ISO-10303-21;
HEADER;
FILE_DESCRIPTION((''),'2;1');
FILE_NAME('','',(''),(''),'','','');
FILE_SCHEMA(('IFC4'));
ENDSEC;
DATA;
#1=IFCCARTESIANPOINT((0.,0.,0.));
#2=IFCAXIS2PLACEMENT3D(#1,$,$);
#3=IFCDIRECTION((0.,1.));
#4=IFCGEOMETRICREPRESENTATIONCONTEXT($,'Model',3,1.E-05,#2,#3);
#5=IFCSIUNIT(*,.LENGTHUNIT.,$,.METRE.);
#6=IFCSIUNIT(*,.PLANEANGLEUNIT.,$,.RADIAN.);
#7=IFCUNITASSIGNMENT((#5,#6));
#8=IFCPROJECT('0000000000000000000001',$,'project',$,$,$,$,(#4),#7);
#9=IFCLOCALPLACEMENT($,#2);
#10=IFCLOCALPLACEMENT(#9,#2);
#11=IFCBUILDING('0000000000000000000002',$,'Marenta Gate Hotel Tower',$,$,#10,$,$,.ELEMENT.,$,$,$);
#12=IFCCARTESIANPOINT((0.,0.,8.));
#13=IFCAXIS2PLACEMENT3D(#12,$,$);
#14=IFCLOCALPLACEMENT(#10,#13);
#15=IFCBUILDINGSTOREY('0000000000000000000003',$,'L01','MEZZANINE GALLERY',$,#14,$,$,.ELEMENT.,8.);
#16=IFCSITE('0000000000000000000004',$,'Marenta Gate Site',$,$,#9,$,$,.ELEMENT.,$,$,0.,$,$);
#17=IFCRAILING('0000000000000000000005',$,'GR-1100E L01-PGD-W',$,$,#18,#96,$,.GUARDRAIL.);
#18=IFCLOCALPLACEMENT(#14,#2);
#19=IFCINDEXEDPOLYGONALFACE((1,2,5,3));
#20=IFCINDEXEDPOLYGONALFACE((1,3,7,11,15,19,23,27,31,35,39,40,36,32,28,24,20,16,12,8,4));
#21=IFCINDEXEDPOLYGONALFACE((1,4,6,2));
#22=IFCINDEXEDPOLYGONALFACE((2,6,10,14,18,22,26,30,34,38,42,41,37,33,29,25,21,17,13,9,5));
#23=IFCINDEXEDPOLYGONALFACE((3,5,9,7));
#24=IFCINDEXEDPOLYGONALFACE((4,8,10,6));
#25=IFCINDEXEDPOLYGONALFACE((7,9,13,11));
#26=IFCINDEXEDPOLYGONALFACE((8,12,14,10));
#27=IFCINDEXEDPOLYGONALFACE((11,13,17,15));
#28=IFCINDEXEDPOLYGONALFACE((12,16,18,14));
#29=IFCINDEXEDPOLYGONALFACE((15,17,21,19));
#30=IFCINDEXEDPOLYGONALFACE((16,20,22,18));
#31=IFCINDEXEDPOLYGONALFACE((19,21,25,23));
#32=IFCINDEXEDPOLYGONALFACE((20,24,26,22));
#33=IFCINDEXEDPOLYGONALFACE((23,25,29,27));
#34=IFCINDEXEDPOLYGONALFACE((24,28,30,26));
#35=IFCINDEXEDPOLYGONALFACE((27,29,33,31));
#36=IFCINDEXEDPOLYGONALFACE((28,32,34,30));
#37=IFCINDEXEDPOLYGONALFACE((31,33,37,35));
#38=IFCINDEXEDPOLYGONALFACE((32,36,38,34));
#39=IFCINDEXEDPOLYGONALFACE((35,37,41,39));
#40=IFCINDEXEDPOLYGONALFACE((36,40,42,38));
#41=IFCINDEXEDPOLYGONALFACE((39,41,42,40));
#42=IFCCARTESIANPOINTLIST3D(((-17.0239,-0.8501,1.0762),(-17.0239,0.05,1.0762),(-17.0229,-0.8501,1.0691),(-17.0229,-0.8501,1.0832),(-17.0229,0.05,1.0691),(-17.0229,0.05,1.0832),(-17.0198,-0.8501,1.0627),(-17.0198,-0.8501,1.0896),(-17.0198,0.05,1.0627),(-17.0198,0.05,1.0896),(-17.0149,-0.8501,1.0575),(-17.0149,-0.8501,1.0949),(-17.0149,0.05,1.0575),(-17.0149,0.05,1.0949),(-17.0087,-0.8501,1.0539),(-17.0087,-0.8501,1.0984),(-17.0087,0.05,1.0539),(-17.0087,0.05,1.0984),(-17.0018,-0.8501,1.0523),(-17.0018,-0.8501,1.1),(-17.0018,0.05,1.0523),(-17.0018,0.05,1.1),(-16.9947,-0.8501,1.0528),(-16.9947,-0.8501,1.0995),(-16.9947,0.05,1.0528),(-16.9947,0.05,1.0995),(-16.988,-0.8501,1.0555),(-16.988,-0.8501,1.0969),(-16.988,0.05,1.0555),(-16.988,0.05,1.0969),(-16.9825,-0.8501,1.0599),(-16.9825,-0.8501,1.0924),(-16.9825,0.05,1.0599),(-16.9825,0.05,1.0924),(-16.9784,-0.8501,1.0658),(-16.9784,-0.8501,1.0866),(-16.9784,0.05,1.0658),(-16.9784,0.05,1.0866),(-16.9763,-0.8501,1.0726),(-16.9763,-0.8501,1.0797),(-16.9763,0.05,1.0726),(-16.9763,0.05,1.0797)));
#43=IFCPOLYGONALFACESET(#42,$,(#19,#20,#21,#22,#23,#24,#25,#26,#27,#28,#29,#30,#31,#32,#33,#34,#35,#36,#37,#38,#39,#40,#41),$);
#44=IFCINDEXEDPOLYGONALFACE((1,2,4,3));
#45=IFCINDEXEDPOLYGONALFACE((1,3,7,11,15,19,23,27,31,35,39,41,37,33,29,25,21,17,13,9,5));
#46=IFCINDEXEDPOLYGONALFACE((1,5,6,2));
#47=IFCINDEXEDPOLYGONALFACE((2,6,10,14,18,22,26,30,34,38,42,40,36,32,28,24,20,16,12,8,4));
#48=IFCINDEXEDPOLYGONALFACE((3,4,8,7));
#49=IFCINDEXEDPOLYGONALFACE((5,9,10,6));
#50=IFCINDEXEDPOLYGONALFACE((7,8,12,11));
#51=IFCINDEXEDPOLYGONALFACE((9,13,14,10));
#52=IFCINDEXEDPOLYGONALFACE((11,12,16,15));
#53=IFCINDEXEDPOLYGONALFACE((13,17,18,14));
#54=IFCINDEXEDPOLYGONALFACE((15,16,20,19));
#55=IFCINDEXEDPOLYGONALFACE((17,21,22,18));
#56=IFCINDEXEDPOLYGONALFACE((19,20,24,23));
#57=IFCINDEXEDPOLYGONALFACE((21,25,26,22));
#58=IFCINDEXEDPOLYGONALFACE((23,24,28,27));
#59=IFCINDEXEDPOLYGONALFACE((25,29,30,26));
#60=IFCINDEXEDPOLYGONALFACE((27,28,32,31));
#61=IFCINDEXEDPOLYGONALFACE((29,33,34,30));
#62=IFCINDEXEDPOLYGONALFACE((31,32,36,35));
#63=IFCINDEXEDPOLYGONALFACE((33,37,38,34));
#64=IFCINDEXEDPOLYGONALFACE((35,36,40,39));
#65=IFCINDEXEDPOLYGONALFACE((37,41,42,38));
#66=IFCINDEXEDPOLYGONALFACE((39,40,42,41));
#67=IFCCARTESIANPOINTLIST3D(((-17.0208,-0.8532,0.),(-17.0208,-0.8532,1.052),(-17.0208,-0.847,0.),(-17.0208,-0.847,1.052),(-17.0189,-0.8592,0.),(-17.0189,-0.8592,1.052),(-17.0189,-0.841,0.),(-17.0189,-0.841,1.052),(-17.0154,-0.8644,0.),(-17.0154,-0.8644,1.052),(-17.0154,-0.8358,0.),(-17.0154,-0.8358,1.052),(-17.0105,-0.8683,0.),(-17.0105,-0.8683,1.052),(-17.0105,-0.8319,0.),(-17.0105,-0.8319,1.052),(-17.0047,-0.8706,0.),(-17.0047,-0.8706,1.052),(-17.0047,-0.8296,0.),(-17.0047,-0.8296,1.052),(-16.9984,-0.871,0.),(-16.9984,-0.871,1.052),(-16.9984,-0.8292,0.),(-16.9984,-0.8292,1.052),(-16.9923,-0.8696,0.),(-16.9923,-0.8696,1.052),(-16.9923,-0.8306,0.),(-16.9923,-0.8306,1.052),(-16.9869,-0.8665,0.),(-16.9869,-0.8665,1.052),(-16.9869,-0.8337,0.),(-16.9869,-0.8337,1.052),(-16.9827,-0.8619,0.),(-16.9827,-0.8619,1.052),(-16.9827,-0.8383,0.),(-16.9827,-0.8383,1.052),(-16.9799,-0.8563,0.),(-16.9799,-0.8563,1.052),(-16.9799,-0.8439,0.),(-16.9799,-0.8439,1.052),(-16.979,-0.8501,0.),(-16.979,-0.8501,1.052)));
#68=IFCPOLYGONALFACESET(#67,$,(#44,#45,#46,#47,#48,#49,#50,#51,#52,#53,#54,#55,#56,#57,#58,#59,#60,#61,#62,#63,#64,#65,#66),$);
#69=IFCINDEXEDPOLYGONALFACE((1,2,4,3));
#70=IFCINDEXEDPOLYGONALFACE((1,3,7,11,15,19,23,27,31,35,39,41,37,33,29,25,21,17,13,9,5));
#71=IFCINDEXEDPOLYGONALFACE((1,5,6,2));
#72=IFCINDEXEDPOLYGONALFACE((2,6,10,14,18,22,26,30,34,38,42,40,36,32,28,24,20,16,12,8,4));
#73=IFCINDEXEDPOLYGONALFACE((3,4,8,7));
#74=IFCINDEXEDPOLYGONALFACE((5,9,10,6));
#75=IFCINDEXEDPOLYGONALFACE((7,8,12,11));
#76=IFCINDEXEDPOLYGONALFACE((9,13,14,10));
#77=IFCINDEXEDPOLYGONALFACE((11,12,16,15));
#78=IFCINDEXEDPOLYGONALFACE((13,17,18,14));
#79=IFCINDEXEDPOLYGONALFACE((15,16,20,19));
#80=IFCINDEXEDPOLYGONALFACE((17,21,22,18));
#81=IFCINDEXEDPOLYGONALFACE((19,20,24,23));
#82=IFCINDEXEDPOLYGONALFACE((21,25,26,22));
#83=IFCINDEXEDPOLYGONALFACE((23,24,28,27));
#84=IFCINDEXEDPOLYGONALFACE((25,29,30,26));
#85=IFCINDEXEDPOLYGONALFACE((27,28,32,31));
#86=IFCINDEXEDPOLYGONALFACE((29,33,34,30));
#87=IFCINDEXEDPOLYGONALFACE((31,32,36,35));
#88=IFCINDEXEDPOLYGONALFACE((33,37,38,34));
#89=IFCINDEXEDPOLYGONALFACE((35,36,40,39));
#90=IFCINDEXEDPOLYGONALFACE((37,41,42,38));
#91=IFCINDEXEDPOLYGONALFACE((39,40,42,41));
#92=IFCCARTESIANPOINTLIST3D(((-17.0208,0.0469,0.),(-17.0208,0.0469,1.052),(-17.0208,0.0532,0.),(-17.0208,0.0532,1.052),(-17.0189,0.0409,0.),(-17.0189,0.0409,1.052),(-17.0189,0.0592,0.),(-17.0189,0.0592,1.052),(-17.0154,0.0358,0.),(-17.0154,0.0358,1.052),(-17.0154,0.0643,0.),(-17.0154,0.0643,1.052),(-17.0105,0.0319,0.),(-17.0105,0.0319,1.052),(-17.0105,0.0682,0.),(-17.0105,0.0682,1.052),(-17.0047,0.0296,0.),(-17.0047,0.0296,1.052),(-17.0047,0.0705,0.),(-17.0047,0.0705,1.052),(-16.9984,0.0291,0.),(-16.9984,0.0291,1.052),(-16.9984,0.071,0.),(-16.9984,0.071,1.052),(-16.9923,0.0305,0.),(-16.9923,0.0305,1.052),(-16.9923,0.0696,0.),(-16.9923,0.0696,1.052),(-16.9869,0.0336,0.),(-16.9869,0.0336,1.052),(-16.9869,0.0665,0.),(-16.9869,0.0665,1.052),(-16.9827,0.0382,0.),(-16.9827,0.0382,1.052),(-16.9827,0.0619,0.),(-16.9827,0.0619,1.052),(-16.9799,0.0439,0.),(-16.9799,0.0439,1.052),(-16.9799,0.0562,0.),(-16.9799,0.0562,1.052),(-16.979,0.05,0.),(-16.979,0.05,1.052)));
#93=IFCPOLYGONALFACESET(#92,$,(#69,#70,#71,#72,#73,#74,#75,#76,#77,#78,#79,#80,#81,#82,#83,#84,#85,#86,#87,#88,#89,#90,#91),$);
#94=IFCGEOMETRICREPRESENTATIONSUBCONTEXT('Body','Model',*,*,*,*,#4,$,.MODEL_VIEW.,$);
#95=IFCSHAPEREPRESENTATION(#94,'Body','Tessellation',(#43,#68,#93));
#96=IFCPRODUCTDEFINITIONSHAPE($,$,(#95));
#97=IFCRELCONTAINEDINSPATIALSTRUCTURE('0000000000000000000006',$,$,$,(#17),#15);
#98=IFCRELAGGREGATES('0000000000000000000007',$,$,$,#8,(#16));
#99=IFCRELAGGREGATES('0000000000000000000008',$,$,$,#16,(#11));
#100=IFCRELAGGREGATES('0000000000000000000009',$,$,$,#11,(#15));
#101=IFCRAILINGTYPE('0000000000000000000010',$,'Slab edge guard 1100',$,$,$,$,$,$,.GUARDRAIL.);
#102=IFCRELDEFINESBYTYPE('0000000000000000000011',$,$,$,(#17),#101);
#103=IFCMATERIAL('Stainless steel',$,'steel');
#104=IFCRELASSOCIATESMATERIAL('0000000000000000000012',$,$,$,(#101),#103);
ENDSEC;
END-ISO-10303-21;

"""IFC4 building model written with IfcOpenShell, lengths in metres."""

from ifc_helpers import new_model, si_unit, direction, frame, origin, origin_2d, place, context, subcontext, project, spatial, circle, extrude, material, type_object, element, save


model = new_model("IFC4")

# Units and contexts
model_context = context("Model", 3, precision=1e-05, world=origin(), true_north=direction((0.0, 1.0)))
body_context = subcontext(model_context, "Body", "Model", "MODEL_VIEW")
ifc_project = project(units=[si_unit("LENGTHUNIT", "METRE"), si_unit("PLANEANGLEUNIT", "RADIAN")], contexts=[model_context])

# Site, building, storey
site_placement = place(None, origin())
site = spatial("IfcSite", under=ifc_project, at=site_placement, Name="Marenta Gate Site", CompositionType="ELEMENT", RefElevation=0.0)
building_placement = place(site_placement, origin())
building = spatial("IfcBuilding", under=site, at=building_placement, Name="Marenta Gate Hotel Tower", CompositionType="ELEMENT")
storey_placement = place(building_placement, frame((0.0, 0.0, 8.0)))
storey = spatial("IfcBuildingStorey", under=building, at=storey_placement, Name="L01", Description="MEZZANINE GALLERY", CompositionType="ELEMENT", Elevation=8.0)

# Railing
ifc_material_1 = material(Name="Stainless steel", Category="steel")
railing_type = type_object("IfcRailingType", Name="Slab edge guard 1100", PredefinedType="GUARDRAIL", material=ifc_material_1)
railing_placement = place(storey_placement, frame((-17.0, -0.8501, 0.0)))
element("IfcRailing", 1, at=railing_placement, inside=storey, type_object=railing_type, Name="GR-1100E L01-PGD-W", PredefinedType="GUARDRAIL", context=body_context, shape_type="SweptSolid", body=[
    extrude(circle(Radius=0.0239, at=origin_2d()), frame((0.0, 0.0, 1.0762), z_axis=(0.0, 1.0, 0.0), x_axis=(-1.0, 0.0, 0.0)), (0.0, 0.0, 1.0), 0.9001),
    extrude(circle(Radius=0.021, at=origin_2d()), origin(), (0.0, 0.0, 1.0), 1.052),
    extrude(circle(Radius=0.021, at=origin_2d()), frame((0.0, 0.9001, 0.0)), (0.0, 0.0, 1.0), 1.052),
])

save(model, "model.ifc")
